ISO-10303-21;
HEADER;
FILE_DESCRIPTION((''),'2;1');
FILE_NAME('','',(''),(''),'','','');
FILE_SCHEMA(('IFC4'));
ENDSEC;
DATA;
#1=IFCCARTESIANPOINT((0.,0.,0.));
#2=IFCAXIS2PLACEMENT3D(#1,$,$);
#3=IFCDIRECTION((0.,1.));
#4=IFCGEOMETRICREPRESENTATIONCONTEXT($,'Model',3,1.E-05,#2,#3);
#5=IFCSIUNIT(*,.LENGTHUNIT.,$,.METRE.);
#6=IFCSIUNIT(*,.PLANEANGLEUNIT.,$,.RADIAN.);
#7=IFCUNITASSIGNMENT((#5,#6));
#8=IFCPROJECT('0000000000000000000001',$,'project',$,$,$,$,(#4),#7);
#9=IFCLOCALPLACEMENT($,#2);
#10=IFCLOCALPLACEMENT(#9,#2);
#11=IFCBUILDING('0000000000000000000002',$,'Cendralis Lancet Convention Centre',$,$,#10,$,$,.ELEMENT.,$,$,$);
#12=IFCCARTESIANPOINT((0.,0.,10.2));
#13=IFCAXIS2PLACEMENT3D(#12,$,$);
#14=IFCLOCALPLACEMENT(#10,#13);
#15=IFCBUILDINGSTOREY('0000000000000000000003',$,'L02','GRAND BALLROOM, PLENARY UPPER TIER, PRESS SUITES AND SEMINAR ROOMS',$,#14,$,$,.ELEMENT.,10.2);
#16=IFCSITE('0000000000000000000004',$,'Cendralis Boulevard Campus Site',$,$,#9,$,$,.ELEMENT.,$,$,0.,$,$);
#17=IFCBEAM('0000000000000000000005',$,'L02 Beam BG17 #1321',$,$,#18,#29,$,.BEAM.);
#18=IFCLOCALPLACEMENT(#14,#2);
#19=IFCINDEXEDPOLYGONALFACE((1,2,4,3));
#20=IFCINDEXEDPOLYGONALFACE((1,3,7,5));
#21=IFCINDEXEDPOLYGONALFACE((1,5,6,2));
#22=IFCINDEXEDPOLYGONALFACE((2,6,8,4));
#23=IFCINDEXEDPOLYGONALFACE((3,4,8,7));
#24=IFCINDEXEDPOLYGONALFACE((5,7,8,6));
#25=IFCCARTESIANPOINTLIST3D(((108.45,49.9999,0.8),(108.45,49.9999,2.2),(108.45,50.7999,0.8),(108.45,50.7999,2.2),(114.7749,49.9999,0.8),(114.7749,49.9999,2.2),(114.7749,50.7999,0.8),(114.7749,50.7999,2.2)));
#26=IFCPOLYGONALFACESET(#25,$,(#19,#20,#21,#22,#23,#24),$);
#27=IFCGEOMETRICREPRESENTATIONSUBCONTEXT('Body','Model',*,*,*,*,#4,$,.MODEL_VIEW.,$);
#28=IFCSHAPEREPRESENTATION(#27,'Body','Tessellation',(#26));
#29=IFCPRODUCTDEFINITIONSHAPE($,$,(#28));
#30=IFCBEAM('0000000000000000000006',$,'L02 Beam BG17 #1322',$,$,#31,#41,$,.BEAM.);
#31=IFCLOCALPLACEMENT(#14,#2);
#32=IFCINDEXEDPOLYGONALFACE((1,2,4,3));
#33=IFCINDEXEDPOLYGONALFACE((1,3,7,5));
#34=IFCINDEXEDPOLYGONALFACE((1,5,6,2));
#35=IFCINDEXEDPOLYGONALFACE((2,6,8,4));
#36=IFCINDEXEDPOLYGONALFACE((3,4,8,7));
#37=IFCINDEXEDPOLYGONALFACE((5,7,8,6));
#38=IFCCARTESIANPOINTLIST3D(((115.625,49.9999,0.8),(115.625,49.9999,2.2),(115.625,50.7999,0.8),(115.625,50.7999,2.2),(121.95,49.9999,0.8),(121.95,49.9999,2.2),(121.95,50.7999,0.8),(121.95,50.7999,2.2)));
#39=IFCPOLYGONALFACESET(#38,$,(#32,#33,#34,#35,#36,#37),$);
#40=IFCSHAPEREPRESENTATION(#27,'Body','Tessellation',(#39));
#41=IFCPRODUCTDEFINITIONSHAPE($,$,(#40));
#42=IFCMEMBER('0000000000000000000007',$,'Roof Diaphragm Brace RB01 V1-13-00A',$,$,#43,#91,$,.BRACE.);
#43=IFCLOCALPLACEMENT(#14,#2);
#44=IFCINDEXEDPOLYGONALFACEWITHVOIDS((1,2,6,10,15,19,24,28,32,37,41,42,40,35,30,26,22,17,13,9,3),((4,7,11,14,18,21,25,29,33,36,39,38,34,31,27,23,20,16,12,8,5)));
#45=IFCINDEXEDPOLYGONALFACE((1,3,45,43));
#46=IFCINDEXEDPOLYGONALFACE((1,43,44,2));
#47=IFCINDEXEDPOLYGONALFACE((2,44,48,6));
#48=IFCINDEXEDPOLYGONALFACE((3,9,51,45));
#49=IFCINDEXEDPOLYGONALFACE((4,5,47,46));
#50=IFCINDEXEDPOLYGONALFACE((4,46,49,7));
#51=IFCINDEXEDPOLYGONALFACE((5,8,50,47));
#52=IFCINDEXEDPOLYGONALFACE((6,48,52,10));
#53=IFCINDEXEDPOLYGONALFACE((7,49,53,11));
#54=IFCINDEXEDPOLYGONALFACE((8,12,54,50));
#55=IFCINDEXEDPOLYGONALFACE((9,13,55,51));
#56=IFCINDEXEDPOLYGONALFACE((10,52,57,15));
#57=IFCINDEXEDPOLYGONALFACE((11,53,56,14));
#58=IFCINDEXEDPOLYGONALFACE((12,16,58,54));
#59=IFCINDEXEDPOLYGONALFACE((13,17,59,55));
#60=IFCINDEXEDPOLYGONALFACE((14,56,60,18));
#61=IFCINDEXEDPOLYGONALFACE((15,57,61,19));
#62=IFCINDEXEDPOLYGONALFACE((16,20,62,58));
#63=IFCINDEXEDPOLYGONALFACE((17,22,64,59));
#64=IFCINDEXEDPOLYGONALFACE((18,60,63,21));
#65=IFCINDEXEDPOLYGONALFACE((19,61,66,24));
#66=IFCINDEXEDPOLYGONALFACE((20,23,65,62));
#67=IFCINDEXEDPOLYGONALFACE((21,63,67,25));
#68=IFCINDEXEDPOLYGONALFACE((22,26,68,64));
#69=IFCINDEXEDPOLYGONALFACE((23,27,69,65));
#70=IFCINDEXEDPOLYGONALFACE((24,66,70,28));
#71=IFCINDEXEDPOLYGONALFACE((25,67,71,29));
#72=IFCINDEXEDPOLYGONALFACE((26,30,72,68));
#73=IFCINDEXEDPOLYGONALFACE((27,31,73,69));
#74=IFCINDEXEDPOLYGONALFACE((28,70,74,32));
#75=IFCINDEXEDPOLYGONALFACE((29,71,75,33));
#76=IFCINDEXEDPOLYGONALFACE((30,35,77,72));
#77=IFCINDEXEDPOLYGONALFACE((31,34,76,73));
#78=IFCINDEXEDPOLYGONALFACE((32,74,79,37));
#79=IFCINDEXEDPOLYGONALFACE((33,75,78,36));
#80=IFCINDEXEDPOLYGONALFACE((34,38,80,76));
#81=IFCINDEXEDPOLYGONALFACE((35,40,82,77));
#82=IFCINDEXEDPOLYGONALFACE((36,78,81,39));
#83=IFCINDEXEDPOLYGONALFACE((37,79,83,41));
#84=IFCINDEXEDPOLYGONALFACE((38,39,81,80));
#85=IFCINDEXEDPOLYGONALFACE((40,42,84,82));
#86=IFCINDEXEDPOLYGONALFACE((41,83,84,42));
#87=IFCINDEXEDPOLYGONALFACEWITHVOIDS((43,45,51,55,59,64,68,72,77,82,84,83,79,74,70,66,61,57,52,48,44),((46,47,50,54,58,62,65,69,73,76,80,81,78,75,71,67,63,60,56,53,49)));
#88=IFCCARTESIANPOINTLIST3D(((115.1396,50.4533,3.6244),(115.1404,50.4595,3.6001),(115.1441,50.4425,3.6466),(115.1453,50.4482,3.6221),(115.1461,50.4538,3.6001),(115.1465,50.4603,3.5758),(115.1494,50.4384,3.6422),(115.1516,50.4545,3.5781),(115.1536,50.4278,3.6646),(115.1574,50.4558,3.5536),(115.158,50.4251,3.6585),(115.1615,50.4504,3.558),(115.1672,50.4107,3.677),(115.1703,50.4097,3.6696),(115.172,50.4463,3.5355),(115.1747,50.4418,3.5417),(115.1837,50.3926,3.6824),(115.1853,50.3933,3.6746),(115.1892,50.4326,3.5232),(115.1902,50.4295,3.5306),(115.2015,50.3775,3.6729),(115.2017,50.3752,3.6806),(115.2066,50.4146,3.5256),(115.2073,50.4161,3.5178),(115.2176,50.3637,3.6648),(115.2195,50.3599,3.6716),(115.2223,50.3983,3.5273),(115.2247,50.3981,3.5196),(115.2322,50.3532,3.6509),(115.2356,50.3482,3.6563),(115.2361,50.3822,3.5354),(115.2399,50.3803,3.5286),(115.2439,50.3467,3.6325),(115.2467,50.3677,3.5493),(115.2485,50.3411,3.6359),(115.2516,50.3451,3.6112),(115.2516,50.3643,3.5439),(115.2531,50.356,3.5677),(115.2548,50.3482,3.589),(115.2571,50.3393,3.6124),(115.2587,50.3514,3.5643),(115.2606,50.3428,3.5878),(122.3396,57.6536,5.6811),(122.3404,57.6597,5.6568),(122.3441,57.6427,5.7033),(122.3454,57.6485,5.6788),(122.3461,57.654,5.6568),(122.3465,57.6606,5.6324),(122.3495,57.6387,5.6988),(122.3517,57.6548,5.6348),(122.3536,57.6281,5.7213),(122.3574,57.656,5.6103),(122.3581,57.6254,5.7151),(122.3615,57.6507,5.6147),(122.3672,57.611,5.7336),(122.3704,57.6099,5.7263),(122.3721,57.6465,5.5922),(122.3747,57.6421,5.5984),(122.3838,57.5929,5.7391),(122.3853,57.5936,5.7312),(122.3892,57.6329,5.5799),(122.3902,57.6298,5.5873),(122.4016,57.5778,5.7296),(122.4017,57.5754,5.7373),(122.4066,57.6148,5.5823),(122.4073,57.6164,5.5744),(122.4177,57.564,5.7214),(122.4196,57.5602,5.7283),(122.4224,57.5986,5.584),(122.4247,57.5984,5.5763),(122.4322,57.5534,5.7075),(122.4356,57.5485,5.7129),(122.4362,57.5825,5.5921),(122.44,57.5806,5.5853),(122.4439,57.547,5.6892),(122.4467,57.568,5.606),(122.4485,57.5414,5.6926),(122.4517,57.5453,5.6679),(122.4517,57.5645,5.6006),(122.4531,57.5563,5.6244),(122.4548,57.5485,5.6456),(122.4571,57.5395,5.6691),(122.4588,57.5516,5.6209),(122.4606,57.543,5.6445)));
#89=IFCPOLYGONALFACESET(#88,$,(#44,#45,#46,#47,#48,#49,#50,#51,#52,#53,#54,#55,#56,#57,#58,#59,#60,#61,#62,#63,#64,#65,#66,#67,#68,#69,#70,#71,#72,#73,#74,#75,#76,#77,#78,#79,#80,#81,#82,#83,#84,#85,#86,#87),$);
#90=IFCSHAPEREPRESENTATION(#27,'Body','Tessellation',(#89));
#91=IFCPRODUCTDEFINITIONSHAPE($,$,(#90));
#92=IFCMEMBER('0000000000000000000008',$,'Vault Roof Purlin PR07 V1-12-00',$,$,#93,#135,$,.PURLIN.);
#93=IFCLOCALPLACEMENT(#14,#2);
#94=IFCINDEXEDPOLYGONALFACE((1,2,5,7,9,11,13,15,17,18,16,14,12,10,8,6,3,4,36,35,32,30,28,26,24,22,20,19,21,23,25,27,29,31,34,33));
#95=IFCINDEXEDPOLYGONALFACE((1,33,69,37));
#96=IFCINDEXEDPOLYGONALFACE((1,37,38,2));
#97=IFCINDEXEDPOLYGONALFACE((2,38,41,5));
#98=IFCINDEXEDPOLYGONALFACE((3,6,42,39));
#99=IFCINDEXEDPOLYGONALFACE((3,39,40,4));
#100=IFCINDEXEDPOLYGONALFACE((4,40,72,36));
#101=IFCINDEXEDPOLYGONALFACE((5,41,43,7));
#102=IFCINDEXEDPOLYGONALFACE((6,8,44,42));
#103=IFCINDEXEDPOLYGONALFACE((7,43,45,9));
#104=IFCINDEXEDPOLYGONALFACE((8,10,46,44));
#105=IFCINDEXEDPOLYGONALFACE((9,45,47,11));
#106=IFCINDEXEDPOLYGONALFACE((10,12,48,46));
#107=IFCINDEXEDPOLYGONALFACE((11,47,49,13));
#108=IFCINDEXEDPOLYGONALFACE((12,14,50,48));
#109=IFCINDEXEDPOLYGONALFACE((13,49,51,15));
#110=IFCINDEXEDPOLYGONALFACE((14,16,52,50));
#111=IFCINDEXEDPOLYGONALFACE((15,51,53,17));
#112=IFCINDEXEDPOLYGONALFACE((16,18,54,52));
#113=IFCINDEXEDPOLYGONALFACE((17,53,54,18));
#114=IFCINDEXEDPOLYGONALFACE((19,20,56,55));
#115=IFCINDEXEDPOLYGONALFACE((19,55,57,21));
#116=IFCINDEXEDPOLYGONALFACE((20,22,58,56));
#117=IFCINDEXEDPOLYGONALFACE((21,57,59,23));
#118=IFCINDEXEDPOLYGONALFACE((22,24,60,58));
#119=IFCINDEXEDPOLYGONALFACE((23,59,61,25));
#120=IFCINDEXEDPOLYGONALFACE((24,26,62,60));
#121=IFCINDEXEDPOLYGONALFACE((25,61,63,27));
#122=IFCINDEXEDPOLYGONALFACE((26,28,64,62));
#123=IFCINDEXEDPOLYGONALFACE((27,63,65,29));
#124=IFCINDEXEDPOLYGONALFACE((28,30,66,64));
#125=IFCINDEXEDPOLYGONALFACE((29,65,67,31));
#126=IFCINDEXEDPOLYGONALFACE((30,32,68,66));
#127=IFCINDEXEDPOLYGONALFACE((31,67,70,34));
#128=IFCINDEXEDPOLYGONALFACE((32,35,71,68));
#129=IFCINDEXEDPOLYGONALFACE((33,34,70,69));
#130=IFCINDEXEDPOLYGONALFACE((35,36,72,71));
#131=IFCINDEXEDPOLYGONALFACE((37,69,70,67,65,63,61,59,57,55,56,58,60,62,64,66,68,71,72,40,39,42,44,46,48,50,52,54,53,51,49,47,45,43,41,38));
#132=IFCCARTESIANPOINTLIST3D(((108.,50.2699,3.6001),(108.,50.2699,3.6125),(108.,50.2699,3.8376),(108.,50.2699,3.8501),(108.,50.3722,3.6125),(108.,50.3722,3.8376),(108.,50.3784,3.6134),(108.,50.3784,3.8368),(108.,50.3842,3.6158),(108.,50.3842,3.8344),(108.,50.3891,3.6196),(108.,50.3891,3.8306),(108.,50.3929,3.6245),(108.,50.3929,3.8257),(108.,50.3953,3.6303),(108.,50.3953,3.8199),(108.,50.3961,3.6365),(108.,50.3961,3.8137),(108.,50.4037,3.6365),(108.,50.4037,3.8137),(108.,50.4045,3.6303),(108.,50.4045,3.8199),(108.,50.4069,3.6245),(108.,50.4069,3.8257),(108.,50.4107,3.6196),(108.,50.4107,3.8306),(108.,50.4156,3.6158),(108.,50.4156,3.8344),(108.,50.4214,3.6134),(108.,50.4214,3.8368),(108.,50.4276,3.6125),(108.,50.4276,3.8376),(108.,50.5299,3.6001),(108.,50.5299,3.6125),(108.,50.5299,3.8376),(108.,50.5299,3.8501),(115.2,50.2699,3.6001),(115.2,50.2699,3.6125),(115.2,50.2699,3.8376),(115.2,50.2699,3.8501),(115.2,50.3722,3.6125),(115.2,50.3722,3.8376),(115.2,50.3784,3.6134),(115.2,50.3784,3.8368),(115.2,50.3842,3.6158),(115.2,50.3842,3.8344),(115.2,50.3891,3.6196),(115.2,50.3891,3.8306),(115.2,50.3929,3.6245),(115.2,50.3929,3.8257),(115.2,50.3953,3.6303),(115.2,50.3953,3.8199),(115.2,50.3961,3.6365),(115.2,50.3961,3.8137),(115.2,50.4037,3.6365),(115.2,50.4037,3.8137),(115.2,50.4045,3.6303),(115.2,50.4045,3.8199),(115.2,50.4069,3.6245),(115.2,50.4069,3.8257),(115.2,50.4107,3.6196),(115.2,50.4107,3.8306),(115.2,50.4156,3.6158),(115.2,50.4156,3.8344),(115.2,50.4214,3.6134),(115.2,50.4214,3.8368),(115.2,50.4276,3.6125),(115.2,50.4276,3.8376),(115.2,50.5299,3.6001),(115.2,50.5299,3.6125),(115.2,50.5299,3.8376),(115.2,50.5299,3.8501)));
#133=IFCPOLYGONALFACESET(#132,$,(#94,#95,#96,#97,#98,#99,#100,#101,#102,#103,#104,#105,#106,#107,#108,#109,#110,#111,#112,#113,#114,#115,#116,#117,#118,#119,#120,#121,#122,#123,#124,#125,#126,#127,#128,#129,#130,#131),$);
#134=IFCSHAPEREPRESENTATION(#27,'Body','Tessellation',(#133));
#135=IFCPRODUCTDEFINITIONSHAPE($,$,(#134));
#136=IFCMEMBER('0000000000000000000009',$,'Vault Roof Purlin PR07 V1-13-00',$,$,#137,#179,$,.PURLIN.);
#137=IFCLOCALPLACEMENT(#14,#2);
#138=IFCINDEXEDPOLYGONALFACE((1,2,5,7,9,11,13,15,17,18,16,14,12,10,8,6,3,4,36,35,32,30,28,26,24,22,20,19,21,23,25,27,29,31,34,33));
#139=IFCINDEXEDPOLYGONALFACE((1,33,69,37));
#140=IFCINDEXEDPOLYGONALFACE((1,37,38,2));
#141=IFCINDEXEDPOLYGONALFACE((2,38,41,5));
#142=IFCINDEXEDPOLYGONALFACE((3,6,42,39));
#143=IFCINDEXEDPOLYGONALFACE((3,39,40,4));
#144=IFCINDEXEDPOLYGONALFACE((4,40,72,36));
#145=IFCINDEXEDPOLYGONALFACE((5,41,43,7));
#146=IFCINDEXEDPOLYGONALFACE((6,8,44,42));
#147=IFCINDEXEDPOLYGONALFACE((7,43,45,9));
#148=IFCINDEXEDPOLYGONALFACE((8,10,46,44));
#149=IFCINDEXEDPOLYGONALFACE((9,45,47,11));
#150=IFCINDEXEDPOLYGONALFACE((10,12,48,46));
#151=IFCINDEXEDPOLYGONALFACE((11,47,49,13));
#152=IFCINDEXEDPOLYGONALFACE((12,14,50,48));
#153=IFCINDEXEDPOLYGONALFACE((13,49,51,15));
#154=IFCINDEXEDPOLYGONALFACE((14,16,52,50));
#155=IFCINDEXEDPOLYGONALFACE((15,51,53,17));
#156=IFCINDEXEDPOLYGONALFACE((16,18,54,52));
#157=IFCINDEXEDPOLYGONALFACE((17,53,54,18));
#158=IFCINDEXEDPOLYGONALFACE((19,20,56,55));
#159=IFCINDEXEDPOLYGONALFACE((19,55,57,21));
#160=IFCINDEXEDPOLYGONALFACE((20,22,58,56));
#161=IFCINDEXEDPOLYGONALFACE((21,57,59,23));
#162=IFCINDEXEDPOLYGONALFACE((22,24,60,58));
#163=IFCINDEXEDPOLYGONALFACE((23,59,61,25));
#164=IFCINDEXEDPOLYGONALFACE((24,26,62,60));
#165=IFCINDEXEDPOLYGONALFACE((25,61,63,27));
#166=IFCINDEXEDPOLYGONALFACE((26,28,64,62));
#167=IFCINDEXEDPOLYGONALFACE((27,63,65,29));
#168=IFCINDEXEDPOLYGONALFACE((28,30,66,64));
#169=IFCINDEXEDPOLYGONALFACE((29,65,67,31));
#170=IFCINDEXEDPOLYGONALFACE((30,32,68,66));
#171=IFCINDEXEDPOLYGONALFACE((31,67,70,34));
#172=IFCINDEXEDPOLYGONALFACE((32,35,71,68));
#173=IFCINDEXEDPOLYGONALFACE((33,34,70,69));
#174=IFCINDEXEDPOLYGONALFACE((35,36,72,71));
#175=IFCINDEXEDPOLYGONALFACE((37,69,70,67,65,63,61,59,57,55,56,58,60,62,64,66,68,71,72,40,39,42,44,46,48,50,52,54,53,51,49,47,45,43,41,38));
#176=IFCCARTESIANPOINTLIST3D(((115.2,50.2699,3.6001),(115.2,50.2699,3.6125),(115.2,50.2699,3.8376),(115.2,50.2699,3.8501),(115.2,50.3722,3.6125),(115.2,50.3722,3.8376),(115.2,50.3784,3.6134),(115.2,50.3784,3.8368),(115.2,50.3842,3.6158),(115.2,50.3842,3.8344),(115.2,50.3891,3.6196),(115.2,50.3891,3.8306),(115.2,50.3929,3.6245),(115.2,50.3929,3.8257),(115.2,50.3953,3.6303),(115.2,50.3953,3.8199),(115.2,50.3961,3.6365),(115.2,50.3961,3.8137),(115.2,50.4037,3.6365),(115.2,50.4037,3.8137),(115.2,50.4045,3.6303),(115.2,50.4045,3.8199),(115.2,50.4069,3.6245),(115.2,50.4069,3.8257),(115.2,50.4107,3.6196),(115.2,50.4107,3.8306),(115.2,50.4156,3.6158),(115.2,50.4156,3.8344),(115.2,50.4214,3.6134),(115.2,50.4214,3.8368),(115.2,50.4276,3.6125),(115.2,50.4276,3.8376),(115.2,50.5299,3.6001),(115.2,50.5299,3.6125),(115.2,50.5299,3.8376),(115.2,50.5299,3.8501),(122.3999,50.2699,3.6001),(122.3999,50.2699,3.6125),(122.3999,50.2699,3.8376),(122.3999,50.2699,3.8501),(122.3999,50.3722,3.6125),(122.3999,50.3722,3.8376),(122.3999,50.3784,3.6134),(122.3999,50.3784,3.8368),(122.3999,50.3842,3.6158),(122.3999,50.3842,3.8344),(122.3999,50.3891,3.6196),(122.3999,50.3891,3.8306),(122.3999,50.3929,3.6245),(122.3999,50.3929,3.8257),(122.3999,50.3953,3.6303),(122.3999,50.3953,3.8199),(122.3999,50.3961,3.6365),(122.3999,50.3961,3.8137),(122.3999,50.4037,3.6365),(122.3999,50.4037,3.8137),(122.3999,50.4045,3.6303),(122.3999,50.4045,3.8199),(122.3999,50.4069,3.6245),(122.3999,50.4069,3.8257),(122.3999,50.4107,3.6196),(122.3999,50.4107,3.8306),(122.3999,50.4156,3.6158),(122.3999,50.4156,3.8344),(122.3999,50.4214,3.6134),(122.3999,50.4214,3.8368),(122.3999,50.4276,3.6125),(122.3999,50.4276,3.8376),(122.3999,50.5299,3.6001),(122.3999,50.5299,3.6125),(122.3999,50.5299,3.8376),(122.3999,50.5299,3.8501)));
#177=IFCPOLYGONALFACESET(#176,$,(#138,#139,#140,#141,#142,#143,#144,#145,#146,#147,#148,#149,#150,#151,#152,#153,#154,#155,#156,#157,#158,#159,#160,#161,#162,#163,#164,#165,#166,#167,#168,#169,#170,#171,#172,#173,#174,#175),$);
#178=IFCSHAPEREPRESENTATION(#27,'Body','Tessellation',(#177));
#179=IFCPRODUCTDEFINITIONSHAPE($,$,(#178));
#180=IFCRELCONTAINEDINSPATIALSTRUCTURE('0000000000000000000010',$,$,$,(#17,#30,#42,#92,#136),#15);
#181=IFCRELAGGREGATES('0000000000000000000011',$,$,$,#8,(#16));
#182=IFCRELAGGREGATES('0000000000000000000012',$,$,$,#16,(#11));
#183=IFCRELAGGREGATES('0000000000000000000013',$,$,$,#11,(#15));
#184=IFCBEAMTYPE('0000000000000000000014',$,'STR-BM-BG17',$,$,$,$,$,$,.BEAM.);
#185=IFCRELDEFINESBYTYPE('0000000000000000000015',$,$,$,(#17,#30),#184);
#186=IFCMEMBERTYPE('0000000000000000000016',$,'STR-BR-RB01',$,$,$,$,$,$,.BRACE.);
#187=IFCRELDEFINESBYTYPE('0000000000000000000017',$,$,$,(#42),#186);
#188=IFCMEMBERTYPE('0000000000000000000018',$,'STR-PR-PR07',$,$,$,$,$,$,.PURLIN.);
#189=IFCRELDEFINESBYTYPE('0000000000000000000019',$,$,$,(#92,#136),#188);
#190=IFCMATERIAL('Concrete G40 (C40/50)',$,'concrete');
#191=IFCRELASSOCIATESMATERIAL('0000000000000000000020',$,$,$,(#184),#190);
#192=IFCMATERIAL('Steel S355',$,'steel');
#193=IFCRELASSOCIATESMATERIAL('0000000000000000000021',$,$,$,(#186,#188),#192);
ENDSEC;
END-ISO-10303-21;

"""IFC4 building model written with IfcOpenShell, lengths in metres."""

from ifc_helpers import new_model, si_unit, direction, frame, origin, origin_2d, place, context, subcontext, project, spatial, rectangle, hollow_circle, i_section, extrude, material, material_profile, profile_set, type_object, element, save


model = new_model("IFC4")

# Units and contexts
model_context = context("Model", 3, precision=1e-05, world=origin(), true_north=direction((0.0, 1.0)))
body_context = subcontext(model_context, "Body", "Model", "MODEL_VIEW")
ifc_project = project(units=[si_unit("LENGTHUNIT", "METRE"), si_unit("PLANEANGLEUNIT", "RADIAN")], contexts=[model_context])

# Site, building, storey
site_placement = place(None, origin())
site = spatial("IfcSite", under=ifc_project, at=site_placement, Name="Cendralis Boulevard Campus Site", CompositionType="ELEMENT", RefElevation=0.0)
building_placement = place(site_placement, origin())
building = spatial("IfcBuilding", under=site, at=building_placement, Name="Cendralis Lancet Convention Centre", CompositionType="ELEMENT")
storey_placement = place(building_placement, frame((0.0, 0.0, 10.2)))
storey = spatial("IfcBuildingStorey", under=building, at=storey_placement, Name="L02", Description="GRAND BALLROOM, PLENARY UPPER TIER, PRESS SUITES AND SEMINAR ROOMS", CompositionType="ELEMENT", Elevation=10.2)

# Beams
ifc_material_1 = material(Name="Concrete G40 (C40/50)", Category="concrete")
ifc_material_profile_1 = material_profile(ifc_material_1, rectangle(XDim=0.8, YDim=1.3999, at=origin_2d()), Name="RCB 800x1400")
ifc_profile_set_1 = profile_set([ifc_material_profile_1], Name="Concrete G40 (C40/50)")
beam_type = type_object("IfcBeamType", Name="STR-BM-BG17", PredefinedType="BEAM", material=ifc_profile_set_1)
for number, where, z_axis, x_axis, name in (
    (1, (108.45, 50.3999, 1.5), (1.0, 0.0, 0.0), (0.0, 1.0, 0.0), "L02 Beam BG17 #1321"),
    (2, (115.625, 50.3999, 1.5), (1.0, 0.0, 0.0), (0.0, 1.0, 0.0), "L02 Beam BG17 #1322"),
):
    element("IfcBeam", number, at=place(storey_placement, frame(where, z_axis=z_axis, x_axis=x_axis)), inside=storey, type_object=beam_type, Name=name, PredefinedType="BEAM", context=body_context, shape_type="SweptSolid", body=[
        extrude(rectangle(XDim=0.8, YDim=1.3999, at=origin_2d()), origin(), (0.0, 0.0, 1.0), 6.325),
    ])

# Members
ifc_material_2 = material(Name="Steel S355", Category="steel")
ifc_material_profile_2 = material_profile(ifc_material_2, hollow_circle(Radius=0.0842, WallThickness=0.0081, at=origin_2d()), Name="CHS 168.3x8.0")
ifc_profile_set_2 = profile_set([ifc_material_profile_2], Name="Steel S355")
member_type_1 = type_object("IfcMemberType", Name="STR-BR-RB01", PredefinedType="BRACE", material=ifc_profile_set_2)
member_1_placement = place(storey_placement, frame((115.2, 50.3999, 3.6001), z_axis=(0.693098, 0.693122, 0.197981), x_axis=(-0.707119, 0.707095, 0.0)))
element("IfcMember", 3, at=member_1_placement, inside=storey, type_object=member_type_1, Name="Roof Diaphragm Brace RB01 V1-13-00A", PredefinedType="BRACE", context=body_context, shape_type="SweptSolid", body=[
    extrude(hollow_circle(Radius=0.0842, WallThickness=0.0081, at=origin_2d()), origin(), (0.0, 0.0, 1.0), 10.3882),
])
ifc_material_profile_3 = material_profile(ifc_material_2, i_section(OverallWidth=0.26, OverallDepth=0.25, WebThickness=0.0076, FlangeThickness=0.0125, FilletRadius=0.0239, at=origin_2d()), Name="HEA 260")
ifc_profile_set_3 = profile_set([ifc_material_profile_3], Name="Steel S355")
member_type_2 = type_object("IfcMemberType", Name="STR-PR-PR07", PredefinedType="PURLIN", material=ifc_profile_set_3)
for number, where, z_axis, x_axis, name in (
    (4, (108.0, 50.3999, 3.7251), (1.0, 0.0, 0.0), (0.0, 1.0, 0.0), "Vault Roof Purlin PR07 V1-12-00"),
    (5, (115.2, 50.3999, 3.7251), (1.0, 0.0, 0.0), (0.0, 1.0, 0.0), "Vault Roof Purlin PR07 V1-13-00"),
):
    element("IfcMember", number, at=place(storey_placement, frame(where, z_axis=z_axis, x_axis=x_axis)), inside=storey, type_object=member_type_2, Name=name, PredefinedType="PURLIN", context=body_context, shape_type="SweptSolid", body=[
        extrude(i_section(OverallWidth=0.26, OverallDepth=0.25, WebThickness=0.0076, FlangeThickness=0.0125, FilletRadius=0.0239, at=origin_2d()), origin(), (0.0, 0.0, 1.0), 7.2),
    ])

save(model, "model.ifc")
